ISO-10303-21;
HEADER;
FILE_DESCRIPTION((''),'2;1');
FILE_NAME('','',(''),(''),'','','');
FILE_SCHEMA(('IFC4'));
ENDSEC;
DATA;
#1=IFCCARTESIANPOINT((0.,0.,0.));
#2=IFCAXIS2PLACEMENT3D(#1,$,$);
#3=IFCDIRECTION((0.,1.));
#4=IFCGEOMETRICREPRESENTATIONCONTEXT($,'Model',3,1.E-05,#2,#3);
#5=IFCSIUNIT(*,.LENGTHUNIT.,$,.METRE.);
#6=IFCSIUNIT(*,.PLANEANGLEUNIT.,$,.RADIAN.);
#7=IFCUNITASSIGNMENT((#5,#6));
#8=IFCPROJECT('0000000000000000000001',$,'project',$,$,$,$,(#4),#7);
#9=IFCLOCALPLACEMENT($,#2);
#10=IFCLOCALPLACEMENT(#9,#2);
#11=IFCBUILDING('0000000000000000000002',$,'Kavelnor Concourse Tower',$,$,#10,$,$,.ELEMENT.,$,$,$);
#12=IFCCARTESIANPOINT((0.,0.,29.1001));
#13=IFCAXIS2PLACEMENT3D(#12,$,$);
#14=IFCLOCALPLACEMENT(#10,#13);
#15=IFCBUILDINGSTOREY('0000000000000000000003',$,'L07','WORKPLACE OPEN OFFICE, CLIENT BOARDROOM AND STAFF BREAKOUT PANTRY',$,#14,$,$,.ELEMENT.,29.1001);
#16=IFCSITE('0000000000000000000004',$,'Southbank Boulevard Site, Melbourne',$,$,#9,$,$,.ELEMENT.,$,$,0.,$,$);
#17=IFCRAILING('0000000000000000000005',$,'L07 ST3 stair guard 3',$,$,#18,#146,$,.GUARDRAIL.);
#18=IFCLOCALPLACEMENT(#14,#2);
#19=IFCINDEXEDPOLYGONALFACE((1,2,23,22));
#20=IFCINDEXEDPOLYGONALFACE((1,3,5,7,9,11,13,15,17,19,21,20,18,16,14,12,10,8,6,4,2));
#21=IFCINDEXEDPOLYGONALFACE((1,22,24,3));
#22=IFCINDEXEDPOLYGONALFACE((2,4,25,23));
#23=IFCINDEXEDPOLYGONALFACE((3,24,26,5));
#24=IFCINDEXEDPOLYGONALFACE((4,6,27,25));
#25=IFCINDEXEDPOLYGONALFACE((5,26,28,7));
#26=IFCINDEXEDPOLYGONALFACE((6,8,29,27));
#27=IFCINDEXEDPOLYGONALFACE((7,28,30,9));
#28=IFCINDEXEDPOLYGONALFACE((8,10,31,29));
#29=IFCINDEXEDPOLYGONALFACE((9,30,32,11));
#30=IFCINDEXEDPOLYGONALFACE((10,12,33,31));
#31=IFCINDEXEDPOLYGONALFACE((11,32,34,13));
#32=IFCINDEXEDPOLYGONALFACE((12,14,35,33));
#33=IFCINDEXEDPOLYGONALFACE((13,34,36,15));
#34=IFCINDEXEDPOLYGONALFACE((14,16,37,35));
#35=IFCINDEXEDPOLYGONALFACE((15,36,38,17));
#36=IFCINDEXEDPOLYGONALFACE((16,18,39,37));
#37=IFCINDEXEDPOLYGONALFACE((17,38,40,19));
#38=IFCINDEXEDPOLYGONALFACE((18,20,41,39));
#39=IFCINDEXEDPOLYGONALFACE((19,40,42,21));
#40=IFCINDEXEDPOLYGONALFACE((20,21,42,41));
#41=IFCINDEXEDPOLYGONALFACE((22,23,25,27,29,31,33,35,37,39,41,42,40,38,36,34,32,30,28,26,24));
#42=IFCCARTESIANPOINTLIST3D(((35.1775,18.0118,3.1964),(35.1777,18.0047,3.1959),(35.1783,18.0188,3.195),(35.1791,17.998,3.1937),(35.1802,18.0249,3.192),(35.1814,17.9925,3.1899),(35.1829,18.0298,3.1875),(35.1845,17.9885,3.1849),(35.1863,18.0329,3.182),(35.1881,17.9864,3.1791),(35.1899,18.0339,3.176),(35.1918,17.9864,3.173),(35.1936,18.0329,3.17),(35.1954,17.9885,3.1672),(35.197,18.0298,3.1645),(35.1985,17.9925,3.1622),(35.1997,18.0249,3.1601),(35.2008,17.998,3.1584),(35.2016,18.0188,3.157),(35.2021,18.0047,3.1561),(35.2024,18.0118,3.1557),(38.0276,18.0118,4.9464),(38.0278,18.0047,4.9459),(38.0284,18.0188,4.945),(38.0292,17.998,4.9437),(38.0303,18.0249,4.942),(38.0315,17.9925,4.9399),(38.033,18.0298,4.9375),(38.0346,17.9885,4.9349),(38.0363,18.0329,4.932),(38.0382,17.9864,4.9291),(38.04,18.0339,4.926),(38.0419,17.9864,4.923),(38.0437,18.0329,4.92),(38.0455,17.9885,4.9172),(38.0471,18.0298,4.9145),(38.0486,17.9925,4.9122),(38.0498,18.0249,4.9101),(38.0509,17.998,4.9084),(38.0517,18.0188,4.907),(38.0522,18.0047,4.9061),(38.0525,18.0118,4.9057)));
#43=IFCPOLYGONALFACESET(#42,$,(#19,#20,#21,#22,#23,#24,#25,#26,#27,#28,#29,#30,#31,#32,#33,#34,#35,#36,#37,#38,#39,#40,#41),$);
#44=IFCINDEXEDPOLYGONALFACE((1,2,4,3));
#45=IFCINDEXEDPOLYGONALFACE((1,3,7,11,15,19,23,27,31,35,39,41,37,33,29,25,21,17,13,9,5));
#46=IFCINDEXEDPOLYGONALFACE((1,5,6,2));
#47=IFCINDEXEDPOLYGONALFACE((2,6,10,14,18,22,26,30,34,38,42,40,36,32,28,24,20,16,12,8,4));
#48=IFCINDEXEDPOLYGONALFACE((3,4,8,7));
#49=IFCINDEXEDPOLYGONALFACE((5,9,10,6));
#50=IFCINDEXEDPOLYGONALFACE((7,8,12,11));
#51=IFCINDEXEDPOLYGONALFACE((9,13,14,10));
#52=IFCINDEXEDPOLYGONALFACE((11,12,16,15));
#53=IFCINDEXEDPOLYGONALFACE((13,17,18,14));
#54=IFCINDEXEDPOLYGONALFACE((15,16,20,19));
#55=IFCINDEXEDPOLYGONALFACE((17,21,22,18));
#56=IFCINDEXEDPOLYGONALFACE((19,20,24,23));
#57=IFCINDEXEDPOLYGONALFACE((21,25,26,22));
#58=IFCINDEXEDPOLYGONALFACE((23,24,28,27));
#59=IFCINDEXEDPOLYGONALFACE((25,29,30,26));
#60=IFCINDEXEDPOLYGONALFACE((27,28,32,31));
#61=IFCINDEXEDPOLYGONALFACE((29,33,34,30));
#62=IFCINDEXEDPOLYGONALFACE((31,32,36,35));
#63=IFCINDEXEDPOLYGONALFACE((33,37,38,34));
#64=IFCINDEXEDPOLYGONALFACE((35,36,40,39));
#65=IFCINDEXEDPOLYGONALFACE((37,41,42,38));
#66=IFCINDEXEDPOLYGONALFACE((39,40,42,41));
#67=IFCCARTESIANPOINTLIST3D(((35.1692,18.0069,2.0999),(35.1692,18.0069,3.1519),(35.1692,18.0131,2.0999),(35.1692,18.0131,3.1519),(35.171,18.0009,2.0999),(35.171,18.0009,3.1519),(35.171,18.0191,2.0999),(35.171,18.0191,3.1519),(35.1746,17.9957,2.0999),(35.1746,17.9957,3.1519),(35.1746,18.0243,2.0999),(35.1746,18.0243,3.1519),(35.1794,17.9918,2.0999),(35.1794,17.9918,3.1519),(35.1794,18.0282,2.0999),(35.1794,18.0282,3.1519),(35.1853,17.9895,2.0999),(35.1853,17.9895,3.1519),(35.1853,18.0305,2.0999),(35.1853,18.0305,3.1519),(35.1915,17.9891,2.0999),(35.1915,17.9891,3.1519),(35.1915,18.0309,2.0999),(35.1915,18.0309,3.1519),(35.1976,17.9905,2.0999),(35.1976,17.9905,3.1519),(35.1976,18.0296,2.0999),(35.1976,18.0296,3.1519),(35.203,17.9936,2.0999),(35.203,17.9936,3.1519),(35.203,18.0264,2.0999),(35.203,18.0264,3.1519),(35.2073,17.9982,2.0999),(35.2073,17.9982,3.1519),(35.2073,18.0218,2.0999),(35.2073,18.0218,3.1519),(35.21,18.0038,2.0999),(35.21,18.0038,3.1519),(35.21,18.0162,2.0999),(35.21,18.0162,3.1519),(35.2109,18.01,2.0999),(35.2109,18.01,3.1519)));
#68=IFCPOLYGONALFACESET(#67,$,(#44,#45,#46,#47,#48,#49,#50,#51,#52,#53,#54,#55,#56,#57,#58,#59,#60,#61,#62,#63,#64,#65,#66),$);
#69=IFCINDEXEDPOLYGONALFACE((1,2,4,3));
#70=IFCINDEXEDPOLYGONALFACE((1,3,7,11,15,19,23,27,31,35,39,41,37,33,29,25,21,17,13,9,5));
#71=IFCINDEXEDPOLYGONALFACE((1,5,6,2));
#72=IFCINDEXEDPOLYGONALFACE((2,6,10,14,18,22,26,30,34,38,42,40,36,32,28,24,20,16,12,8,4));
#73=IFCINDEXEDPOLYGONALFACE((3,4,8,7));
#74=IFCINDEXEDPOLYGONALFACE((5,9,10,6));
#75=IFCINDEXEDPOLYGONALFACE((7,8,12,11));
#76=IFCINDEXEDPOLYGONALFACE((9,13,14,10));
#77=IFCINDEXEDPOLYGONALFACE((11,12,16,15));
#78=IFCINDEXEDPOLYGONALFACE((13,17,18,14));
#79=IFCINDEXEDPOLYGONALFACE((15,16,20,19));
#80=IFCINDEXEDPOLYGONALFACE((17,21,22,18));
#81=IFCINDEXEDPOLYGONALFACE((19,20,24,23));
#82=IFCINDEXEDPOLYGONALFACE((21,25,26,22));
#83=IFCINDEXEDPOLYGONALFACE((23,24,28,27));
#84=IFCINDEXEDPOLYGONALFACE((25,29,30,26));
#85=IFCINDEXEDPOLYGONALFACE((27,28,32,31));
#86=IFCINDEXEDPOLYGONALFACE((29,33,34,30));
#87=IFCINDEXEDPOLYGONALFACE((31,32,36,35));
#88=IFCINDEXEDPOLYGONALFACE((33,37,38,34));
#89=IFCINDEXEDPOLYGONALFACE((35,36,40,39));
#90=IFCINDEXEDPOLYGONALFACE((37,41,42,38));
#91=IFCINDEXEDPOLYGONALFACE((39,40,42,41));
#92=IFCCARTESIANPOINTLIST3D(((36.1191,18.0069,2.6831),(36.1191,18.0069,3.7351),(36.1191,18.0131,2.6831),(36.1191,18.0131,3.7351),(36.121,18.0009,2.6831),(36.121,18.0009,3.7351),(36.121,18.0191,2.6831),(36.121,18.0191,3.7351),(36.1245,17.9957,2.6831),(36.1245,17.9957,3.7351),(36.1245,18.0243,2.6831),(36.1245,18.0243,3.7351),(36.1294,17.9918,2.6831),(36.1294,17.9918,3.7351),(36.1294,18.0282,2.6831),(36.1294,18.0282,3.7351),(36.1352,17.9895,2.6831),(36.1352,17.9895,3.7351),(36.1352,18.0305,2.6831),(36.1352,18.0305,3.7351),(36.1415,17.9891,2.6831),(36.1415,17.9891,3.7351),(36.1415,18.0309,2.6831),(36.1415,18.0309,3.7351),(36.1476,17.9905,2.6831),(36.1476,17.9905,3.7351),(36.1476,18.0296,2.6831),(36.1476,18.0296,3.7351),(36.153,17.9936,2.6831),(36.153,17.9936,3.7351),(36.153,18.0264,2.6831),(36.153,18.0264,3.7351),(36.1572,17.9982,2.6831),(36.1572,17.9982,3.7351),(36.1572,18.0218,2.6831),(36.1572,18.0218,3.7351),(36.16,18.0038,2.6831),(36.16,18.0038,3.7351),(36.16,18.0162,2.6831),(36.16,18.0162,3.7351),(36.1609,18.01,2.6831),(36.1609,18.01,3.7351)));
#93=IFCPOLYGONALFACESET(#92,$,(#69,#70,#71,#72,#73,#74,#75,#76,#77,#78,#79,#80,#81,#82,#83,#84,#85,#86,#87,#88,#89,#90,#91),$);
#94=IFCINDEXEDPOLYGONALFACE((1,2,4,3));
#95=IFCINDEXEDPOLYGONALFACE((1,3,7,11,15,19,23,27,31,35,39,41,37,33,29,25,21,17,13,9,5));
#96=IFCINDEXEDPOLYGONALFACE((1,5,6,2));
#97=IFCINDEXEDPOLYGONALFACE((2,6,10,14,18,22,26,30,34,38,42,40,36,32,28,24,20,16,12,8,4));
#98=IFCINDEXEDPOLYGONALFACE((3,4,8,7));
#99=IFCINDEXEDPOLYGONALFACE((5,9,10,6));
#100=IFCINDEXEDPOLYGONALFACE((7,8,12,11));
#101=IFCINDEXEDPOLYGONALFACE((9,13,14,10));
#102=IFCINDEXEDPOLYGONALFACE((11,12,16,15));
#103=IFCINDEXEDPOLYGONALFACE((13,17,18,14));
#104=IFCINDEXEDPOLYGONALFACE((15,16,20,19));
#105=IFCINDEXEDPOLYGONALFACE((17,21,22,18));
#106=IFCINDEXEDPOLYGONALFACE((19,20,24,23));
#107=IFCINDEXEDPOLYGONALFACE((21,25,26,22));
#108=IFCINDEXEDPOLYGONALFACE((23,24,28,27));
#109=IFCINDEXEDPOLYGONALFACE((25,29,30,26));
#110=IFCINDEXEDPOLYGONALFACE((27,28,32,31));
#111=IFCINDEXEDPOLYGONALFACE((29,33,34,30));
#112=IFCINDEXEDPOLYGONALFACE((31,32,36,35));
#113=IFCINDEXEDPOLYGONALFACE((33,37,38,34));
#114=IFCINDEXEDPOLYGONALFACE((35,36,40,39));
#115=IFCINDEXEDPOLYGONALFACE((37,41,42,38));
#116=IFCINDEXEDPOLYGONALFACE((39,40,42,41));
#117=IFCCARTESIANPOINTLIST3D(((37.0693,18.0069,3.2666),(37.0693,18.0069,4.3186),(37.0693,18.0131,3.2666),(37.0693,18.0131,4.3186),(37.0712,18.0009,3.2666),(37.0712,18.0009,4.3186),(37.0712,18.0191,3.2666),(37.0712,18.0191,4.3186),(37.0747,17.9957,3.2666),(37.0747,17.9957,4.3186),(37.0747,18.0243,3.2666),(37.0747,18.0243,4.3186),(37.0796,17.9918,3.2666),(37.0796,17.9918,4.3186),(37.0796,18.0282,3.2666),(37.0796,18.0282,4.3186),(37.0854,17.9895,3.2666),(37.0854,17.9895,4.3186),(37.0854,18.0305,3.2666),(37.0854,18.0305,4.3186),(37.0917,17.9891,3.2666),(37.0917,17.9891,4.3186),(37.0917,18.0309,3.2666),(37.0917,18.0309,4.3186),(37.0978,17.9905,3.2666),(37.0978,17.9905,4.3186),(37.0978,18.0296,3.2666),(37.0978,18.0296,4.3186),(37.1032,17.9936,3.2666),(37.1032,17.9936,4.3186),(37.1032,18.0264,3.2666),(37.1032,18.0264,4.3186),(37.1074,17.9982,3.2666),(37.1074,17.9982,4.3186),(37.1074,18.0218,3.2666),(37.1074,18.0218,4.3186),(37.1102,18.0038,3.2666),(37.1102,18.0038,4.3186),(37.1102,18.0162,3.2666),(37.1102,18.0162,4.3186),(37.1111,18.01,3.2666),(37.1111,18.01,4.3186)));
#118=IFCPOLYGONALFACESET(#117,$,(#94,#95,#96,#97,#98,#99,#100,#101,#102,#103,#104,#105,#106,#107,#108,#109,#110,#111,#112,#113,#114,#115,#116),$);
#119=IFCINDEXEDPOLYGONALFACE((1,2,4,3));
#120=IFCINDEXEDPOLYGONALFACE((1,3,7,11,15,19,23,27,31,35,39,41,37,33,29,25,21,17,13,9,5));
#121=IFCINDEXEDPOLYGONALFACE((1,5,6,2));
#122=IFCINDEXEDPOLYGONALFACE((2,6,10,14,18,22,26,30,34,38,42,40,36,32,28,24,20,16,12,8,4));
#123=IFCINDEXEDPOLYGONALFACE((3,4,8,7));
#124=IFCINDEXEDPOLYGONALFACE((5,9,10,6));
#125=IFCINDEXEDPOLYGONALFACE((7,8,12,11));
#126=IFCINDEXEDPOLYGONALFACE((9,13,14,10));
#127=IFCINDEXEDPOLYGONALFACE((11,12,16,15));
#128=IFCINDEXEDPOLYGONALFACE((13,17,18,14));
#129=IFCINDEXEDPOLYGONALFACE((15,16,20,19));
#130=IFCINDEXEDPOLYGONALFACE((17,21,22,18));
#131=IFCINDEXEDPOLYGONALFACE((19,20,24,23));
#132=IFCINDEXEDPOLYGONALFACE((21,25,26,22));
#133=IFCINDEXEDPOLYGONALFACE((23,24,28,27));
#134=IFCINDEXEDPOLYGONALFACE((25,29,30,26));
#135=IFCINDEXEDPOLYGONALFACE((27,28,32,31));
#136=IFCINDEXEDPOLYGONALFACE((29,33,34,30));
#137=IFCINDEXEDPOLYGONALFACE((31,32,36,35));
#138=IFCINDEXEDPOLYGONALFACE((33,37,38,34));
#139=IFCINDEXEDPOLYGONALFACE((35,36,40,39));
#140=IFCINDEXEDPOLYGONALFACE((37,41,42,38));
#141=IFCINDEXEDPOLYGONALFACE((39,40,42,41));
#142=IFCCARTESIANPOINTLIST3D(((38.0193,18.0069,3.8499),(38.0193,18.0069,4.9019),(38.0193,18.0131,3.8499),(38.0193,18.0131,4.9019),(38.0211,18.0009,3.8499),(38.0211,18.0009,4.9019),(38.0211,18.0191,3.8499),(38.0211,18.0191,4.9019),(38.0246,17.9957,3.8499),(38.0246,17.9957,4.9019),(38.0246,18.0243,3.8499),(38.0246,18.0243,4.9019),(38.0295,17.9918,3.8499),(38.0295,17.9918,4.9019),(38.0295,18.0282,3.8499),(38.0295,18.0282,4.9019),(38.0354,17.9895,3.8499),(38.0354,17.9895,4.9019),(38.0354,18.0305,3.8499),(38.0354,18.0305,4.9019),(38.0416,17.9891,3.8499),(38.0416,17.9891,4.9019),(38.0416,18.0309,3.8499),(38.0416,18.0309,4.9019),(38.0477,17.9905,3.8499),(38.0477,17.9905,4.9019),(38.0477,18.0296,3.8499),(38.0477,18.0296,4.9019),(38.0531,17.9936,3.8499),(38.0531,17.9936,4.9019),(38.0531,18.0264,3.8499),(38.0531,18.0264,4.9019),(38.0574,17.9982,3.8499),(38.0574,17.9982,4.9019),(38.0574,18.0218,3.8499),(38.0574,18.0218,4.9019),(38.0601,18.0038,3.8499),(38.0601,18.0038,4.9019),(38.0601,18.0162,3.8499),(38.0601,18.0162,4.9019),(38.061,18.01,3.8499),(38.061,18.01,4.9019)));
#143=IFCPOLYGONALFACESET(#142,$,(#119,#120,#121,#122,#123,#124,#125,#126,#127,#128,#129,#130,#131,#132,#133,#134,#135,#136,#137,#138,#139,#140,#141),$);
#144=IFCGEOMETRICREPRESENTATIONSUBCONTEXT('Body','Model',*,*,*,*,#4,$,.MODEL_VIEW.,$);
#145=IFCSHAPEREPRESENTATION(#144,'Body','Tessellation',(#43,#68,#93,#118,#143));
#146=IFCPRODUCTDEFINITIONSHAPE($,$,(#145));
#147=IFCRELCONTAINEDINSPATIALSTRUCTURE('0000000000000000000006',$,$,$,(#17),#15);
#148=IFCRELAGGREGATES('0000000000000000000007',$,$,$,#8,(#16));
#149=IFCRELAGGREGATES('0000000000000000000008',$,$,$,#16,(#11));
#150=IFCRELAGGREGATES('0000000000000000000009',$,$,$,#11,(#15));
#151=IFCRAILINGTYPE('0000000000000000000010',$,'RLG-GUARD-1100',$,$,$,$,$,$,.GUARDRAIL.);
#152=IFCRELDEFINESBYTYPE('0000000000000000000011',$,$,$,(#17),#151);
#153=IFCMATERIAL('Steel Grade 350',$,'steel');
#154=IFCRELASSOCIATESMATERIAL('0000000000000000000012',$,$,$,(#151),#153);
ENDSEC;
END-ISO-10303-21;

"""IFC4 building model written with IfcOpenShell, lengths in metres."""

from ifc_helpers import new_model, si_unit, direction, frame, origin, origin_2d, place, context, subcontext, project, spatial, circle, extrude, material, type_object, element, save


model = new_model("IFC4")

# Units and contexts
model_context = context("Model", 3, precision=1e-05, world=origin(), true_north=direction((0.0, 1.0)))
body_context = subcontext(model_context, "Body", "Model", "MODEL_VIEW")
ifc_project = project(units=[si_unit("LENGTHUNIT", "METRE"), si_unit("PLANEANGLEUNIT", "RADIAN")], contexts=[model_context])

# Site, building, storey
site_placement = place(None, origin())
site = spatial("IfcSite", under=ifc_project, at=site_placement, Name="Southbank Boulevard Site, Melbourne", CompositionType="ELEMENT", RefElevation=0.0)
building_placement = place(site_placement, origin())
building = spatial("IfcBuilding", under=site, at=building_placement, Name="Kavelnor Concourse Tower", CompositionType="ELEMENT")
storey_placement = place(building_placement, frame((0.0, 0.0, 29.1001)))
storey = spatial("IfcBuildingStorey", under=building, at=storey_placement, Name="L07", Description="WORKPLACE OPEN OFFICE, CLIENT BOARDROOM AND STAFF BREAKOUT PANTRY", CompositionType="ELEMENT", Elevation=29.1001)

# Shared definitions
ifc_material_1 = material(Name="Steel Grade 350", Category="steel")

# Railing
railing_type_1 = type_object("IfcRailingType", Name="RLG-GUARD-1100", PredefinedType="GUARDRAIL", material=ifc_material_1)
railing_1_placement = place(storey_placement, frame((35.1899, 18.01, 2.0999)))
element("IfcRailing", 1, at=railing_1_placement, inside=storey, type_object=railing_type_1, Name="L07 ST3 stair guard 3", PredefinedType="GUARDRAIL", context=body_context, shape_type="SweptSolid", body=[
    extrude(circle(Radius=0.0239, at=origin_2d()), frame((0.0, 0.0, 1.0762), z_axis=(0.852179, 0.0, 0.52325), x_axis=(0.0, 1.0, 0.0)), (0.0, 0.0, 1.0), 3.3445),
    extrude(circle(Radius=0.021, at=origin_2d()), origin(), (0.0, 0.0, 1.0), 1.052),
    extrude(circle(Radius=0.021, at=origin_2d()), frame((0.95, 0.0, 0.5833)), (0.0, 0.0, 1.0), 1.052),
    extrude(circle(Radius=0.021, at=origin_2d()), frame((1.9001, 0.0, 1.1667)), (0.0, 0.0, 1.0), 1.052),
    extrude(circle(Radius=0.021, at=origin_2d()), frame((2.8501, 0.0, 1.75)), (0.0, 0.0, 1.0), 1.052),
])

save(model, "model.ifc")
